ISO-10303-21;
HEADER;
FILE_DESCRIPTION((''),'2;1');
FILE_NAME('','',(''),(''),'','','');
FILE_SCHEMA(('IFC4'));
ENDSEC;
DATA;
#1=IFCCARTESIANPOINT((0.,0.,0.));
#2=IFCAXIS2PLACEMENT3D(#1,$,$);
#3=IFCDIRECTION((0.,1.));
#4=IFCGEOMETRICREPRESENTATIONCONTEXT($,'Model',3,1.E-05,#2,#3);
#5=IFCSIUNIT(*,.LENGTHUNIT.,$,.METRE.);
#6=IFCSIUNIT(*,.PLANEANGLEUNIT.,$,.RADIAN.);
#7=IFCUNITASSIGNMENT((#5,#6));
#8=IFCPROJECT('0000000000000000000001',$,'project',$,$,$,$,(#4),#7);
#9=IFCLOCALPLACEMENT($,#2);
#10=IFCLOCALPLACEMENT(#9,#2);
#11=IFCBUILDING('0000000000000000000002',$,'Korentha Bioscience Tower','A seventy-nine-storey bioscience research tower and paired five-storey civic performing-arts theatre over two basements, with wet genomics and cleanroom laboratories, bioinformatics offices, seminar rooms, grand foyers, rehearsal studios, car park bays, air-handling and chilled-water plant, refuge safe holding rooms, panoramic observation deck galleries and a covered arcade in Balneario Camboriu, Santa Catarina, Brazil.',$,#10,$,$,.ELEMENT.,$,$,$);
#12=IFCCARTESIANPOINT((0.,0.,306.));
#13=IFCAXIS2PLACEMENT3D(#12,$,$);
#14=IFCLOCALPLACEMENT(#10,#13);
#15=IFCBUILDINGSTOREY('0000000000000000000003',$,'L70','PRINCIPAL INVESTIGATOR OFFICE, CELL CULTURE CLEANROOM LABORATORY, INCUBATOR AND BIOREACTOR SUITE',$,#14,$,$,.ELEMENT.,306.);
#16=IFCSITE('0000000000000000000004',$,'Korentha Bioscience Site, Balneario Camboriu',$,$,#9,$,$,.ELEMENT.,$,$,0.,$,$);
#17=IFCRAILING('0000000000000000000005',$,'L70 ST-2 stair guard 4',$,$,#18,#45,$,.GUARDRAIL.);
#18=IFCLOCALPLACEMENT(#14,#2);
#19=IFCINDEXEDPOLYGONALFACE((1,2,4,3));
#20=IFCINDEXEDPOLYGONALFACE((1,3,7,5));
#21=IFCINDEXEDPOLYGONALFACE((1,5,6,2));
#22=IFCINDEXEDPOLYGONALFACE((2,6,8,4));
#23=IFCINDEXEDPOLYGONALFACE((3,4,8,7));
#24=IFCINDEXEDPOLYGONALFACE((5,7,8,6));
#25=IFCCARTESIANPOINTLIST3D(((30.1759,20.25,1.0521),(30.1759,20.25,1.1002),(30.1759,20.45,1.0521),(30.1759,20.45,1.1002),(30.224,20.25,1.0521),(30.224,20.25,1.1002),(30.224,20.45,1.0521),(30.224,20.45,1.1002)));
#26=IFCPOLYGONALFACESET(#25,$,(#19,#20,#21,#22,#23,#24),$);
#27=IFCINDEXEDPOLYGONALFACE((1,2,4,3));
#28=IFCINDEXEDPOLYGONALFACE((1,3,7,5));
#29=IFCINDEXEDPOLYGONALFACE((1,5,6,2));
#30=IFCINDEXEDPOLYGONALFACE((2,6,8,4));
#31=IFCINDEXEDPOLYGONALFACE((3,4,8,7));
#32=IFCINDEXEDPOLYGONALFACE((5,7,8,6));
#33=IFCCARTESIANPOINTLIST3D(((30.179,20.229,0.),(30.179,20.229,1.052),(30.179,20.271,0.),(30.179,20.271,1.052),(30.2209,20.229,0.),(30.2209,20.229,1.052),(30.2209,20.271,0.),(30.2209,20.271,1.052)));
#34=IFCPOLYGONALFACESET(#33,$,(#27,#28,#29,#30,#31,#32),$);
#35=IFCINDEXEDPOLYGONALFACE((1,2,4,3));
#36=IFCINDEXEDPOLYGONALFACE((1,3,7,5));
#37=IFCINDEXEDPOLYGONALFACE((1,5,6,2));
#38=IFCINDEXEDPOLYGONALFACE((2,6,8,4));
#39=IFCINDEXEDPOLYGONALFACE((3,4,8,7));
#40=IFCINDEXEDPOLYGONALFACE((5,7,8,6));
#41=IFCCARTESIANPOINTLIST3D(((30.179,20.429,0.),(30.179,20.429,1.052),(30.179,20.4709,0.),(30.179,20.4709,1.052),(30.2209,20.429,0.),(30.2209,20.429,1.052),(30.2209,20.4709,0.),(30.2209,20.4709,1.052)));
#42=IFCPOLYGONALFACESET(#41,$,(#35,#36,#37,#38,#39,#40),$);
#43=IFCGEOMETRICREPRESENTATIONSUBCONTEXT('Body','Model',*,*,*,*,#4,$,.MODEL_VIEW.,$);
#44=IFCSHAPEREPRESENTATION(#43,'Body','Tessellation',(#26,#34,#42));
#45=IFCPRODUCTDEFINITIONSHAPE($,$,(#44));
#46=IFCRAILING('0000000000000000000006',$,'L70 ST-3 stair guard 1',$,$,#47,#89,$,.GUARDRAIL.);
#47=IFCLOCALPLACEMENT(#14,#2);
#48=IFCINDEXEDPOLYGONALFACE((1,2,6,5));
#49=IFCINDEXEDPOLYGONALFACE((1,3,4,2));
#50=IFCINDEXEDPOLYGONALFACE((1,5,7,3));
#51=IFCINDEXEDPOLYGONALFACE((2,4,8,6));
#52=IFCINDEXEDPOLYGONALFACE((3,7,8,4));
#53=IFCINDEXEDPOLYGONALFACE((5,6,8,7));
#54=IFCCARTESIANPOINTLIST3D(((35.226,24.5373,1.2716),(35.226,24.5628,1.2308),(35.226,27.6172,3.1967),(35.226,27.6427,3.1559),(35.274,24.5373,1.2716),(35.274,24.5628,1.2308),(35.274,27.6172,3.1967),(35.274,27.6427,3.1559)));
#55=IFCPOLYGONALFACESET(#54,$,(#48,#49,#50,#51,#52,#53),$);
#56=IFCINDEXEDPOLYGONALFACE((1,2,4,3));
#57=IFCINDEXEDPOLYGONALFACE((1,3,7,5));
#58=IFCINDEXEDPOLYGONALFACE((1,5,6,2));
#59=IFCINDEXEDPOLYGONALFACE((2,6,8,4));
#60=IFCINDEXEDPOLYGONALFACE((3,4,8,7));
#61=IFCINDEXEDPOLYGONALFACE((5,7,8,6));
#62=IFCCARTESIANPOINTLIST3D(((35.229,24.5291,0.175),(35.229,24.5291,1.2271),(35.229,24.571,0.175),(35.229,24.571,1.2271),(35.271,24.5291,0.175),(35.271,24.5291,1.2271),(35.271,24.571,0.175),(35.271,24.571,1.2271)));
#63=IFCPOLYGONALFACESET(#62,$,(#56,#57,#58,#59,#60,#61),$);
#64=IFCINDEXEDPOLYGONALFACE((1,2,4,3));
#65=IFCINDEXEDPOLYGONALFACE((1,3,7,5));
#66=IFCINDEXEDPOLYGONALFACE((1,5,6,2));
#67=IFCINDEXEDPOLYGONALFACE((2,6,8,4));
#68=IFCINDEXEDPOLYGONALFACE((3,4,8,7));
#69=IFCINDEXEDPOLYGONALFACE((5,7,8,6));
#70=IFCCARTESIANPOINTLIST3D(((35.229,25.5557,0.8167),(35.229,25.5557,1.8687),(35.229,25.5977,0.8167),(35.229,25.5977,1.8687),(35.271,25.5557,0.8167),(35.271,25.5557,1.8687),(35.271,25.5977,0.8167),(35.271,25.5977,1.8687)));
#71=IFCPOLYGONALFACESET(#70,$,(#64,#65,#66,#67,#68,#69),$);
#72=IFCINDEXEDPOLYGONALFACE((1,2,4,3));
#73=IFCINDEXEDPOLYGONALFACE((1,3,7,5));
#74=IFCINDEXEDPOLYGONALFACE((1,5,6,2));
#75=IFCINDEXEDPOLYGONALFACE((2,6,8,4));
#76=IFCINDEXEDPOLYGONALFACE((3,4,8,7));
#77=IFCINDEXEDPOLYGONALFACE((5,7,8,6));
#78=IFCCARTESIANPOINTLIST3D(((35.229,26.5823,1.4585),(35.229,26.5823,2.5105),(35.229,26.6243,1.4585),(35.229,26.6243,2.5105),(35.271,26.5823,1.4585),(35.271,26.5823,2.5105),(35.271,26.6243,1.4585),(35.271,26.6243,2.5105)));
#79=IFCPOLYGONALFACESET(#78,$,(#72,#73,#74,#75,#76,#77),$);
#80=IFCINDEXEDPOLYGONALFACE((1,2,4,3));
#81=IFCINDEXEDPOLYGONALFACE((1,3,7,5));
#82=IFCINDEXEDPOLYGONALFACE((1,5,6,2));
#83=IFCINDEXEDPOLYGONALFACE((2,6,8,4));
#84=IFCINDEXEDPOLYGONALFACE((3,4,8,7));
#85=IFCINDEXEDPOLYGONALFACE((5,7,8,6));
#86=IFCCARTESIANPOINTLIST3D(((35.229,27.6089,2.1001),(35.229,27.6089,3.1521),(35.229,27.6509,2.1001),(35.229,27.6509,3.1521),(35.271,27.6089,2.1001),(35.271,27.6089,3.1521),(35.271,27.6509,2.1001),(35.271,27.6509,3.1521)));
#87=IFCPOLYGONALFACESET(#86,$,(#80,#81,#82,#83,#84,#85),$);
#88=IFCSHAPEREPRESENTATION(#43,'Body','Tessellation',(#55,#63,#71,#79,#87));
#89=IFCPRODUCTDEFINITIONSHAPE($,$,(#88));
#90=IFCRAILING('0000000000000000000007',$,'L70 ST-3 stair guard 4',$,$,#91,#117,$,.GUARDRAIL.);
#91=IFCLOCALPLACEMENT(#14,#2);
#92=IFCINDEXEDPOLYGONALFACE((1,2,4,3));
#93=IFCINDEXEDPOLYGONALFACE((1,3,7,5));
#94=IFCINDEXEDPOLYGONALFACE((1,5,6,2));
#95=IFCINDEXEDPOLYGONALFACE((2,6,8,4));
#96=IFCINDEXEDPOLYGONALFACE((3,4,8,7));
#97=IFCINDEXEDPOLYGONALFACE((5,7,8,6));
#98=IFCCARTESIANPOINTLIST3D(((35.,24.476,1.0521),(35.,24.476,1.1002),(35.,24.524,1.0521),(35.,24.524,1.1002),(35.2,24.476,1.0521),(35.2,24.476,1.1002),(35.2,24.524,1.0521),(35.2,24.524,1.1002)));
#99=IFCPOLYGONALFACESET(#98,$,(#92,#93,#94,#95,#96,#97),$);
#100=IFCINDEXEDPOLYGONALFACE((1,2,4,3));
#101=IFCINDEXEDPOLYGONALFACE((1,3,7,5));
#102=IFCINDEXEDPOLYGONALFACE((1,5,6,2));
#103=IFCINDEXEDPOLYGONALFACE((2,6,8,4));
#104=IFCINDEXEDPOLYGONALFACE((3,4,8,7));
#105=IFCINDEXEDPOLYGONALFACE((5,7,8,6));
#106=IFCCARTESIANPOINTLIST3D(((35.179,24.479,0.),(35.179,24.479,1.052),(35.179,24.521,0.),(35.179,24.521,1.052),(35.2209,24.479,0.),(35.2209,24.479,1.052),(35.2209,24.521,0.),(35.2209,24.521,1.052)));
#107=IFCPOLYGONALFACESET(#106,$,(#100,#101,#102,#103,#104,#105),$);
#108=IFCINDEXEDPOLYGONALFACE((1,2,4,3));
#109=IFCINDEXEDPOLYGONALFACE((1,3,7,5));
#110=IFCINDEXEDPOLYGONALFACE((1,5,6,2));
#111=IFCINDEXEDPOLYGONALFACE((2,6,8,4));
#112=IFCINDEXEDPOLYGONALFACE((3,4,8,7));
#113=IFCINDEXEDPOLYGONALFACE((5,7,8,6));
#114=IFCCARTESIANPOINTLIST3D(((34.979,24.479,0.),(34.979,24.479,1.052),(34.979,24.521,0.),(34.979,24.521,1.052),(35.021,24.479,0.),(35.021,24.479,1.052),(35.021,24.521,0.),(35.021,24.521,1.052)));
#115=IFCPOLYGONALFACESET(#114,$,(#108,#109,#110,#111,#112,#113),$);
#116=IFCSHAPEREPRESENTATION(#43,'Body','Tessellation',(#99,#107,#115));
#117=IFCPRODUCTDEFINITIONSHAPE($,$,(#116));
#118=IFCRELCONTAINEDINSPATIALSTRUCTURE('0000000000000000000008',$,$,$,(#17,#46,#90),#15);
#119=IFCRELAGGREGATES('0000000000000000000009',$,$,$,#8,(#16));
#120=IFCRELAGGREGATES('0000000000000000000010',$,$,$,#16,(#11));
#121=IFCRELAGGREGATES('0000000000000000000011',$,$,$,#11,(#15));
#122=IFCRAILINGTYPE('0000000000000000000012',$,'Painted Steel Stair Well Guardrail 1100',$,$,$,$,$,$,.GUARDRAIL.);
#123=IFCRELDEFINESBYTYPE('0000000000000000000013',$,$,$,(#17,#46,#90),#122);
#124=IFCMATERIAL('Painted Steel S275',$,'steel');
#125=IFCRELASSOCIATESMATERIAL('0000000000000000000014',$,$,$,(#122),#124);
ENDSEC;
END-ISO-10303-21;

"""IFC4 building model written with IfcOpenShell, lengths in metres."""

from ifc_helpers import new_model, si_unit, direction, frame, origin, origin_2d, place, context, subcontext, project, spatial, rectangle, extrude, material, type_object, element, save


model = new_model("IFC4")

# Units and contexts
model_context = context("Model", 3, precision=1e-05, world=origin(), true_north=direction((0.0, 1.0)))
body_context = subcontext(model_context, "Body", "Model", "MODEL_VIEW")
ifc_project = project(units=[si_unit("LENGTHUNIT", "METRE"), si_unit("PLANEANGLEUNIT", "RADIAN")], contexts=[model_context])

# Site, building, storey
site_placement = place(None, origin())
site = spatial("IfcSite", under=ifc_project, at=site_placement, Name="Korentha Bioscience Site, Balneario Camboriu", CompositionType="ELEMENT", RefElevation=0.0)
building_placement = place(site_placement, origin())
building = spatial("IfcBuilding", under=site, at=building_placement, Name="Korentha Bioscience Tower", Description="A seventy-nine-storey bioscience research tower and paired five-storey civic performing-arts theatre over two basements, with wet genomics and cleanroom laboratories, bioinformatics offices, seminar rooms, grand foyers, rehearsal studios, car park bays, air-handling and chilled-water plant, refuge safe holding rooms, panoramic observation deck galleries and a covered arcade in Balneario Camboriu, Santa Catarina, Brazil.", CompositionType="ELEMENT")
storey_placement = place(building_placement, frame((0.0, 0.0, 306.0)))
storey = spatial("IfcBuildingStorey", under=building, at=storey_placement, Name="L70", Description="PRINCIPAL INVESTIGATOR OFFICE, CELL CULTURE CLEANROOM LABORATORY, INCUBATOR AND BIOREACTOR SUITE", CompositionType="ELEMENT", Elevation=306.0)

# Railings
ifc_material_1 = material(Name="Painted Steel S275", Category="steel")
railing_type_1 = type_object("IfcRailingType", Name="Painted Steel Stair Well Guardrail 1100", PredefinedType="GUARDRAIL", material=ifc_material_1)
railing_1_placement = place(storey_placement, frame((30.2, 20.25, 0.0)))
element("IfcRailing", 1, at=railing_1_placement, inside=storey, type_object=railing_type_1, Name="L70 ST-2 stair guard 4", PredefinedType="GUARDRAIL", context=body_context, shape_type="SweptSolid", body=[
    extrude(rectangle(XDim=0.0481, YDim=0.0481, at=origin_2d()), frame((0.0, 0.0, 1.0762), z_axis=(0.0, 1.0, 0.0), x_axis=(-1.0, 0.0, 0.0)), (0.0, 0.0, 1.0), 0.2),
    extrude(rectangle(XDim=0.042, YDim=0.042, at=origin_2d()), origin(), (0.0, 0.0, 1.0), 1.052),
    extrude(rectangle(XDim=0.042, YDim=0.042, at=origin_2d()), frame((0.0, 0.2, 0.0)), (0.0, 0.0, 1.0), 1.052),
])
railing_2_placement = place(storey_placement, frame((35.25, 24.55, 0.175)))
element("IfcRailing", 2, at=railing_2_placement, inside=storey, type_object=railing_type_1, Name="L70 ST-3 stair guard 1", PredefinedType="GUARDRAIL", context=body_context, shape_type="SweptSolid", body=[
    extrude(rectangle(XDim=0.0481, YDim=0.0481, at=origin_2d()), frame((0.0, 0.0, 1.0762), z_axis=(0.0, 0.847979, 0.530029), x_axis=(-1.0, 0.0, 0.0)), (0.0, 0.0, 1.0), 3.6321),
    extrude(rectangle(XDim=0.042, YDim=0.042, at=origin_2d()), origin(), (0.0, 0.0, 1.0), 1.052),
    extrude(rectangle(XDim=0.042, YDim=0.042, at=origin_2d()), frame((0.0, 1.0266, 0.6416)), (0.0, 0.0, 1.0), 1.052),
    extrude(rectangle(XDim=0.042, YDim=0.042, at=origin_2d()), frame((0.0, 2.0532, 1.2834)), (0.0, 0.0, 1.0), 1.052),
    extrude(rectangle(XDim=0.042, YDim=0.042, at=origin_2d()), frame((0.0, 3.0798, 1.925)), (0.0, 0.0, 1.0), 1.052),
])
railing_3_placement = place(storey_placement, frame((35.2, 24.5, 0.0)))
element("IfcRailing", 3, at=railing_3_placement, inside=storey, type_object=railing_type_1, Name="L70 ST-3 stair guard 4", PredefinedType="GUARDRAIL", context=body_context, shape_type="SweptSolid", body=[
    extrude(rectangle(XDim=0.0481, YDim=0.0481, at=origin_2d()), frame((0.0, 0.0, 1.0762), z_axis=(-1.0, 0.0, 0.0), x_axis=(0.0, -1.0, 0.0)), (0.0, 0.0, 1.0), 0.2),
    extrude(rectangle(XDim=0.042, YDim=0.042, at=origin_2d()), origin(), (0.0, 0.0, 1.0), 1.052),
    extrude(rectangle(XDim=0.042, YDim=0.042, at=origin_2d()), frame((-0.2, 0.0, 0.0)), (0.0, 0.0, 1.0), 1.052),
])

save(model, "model.ifc")
